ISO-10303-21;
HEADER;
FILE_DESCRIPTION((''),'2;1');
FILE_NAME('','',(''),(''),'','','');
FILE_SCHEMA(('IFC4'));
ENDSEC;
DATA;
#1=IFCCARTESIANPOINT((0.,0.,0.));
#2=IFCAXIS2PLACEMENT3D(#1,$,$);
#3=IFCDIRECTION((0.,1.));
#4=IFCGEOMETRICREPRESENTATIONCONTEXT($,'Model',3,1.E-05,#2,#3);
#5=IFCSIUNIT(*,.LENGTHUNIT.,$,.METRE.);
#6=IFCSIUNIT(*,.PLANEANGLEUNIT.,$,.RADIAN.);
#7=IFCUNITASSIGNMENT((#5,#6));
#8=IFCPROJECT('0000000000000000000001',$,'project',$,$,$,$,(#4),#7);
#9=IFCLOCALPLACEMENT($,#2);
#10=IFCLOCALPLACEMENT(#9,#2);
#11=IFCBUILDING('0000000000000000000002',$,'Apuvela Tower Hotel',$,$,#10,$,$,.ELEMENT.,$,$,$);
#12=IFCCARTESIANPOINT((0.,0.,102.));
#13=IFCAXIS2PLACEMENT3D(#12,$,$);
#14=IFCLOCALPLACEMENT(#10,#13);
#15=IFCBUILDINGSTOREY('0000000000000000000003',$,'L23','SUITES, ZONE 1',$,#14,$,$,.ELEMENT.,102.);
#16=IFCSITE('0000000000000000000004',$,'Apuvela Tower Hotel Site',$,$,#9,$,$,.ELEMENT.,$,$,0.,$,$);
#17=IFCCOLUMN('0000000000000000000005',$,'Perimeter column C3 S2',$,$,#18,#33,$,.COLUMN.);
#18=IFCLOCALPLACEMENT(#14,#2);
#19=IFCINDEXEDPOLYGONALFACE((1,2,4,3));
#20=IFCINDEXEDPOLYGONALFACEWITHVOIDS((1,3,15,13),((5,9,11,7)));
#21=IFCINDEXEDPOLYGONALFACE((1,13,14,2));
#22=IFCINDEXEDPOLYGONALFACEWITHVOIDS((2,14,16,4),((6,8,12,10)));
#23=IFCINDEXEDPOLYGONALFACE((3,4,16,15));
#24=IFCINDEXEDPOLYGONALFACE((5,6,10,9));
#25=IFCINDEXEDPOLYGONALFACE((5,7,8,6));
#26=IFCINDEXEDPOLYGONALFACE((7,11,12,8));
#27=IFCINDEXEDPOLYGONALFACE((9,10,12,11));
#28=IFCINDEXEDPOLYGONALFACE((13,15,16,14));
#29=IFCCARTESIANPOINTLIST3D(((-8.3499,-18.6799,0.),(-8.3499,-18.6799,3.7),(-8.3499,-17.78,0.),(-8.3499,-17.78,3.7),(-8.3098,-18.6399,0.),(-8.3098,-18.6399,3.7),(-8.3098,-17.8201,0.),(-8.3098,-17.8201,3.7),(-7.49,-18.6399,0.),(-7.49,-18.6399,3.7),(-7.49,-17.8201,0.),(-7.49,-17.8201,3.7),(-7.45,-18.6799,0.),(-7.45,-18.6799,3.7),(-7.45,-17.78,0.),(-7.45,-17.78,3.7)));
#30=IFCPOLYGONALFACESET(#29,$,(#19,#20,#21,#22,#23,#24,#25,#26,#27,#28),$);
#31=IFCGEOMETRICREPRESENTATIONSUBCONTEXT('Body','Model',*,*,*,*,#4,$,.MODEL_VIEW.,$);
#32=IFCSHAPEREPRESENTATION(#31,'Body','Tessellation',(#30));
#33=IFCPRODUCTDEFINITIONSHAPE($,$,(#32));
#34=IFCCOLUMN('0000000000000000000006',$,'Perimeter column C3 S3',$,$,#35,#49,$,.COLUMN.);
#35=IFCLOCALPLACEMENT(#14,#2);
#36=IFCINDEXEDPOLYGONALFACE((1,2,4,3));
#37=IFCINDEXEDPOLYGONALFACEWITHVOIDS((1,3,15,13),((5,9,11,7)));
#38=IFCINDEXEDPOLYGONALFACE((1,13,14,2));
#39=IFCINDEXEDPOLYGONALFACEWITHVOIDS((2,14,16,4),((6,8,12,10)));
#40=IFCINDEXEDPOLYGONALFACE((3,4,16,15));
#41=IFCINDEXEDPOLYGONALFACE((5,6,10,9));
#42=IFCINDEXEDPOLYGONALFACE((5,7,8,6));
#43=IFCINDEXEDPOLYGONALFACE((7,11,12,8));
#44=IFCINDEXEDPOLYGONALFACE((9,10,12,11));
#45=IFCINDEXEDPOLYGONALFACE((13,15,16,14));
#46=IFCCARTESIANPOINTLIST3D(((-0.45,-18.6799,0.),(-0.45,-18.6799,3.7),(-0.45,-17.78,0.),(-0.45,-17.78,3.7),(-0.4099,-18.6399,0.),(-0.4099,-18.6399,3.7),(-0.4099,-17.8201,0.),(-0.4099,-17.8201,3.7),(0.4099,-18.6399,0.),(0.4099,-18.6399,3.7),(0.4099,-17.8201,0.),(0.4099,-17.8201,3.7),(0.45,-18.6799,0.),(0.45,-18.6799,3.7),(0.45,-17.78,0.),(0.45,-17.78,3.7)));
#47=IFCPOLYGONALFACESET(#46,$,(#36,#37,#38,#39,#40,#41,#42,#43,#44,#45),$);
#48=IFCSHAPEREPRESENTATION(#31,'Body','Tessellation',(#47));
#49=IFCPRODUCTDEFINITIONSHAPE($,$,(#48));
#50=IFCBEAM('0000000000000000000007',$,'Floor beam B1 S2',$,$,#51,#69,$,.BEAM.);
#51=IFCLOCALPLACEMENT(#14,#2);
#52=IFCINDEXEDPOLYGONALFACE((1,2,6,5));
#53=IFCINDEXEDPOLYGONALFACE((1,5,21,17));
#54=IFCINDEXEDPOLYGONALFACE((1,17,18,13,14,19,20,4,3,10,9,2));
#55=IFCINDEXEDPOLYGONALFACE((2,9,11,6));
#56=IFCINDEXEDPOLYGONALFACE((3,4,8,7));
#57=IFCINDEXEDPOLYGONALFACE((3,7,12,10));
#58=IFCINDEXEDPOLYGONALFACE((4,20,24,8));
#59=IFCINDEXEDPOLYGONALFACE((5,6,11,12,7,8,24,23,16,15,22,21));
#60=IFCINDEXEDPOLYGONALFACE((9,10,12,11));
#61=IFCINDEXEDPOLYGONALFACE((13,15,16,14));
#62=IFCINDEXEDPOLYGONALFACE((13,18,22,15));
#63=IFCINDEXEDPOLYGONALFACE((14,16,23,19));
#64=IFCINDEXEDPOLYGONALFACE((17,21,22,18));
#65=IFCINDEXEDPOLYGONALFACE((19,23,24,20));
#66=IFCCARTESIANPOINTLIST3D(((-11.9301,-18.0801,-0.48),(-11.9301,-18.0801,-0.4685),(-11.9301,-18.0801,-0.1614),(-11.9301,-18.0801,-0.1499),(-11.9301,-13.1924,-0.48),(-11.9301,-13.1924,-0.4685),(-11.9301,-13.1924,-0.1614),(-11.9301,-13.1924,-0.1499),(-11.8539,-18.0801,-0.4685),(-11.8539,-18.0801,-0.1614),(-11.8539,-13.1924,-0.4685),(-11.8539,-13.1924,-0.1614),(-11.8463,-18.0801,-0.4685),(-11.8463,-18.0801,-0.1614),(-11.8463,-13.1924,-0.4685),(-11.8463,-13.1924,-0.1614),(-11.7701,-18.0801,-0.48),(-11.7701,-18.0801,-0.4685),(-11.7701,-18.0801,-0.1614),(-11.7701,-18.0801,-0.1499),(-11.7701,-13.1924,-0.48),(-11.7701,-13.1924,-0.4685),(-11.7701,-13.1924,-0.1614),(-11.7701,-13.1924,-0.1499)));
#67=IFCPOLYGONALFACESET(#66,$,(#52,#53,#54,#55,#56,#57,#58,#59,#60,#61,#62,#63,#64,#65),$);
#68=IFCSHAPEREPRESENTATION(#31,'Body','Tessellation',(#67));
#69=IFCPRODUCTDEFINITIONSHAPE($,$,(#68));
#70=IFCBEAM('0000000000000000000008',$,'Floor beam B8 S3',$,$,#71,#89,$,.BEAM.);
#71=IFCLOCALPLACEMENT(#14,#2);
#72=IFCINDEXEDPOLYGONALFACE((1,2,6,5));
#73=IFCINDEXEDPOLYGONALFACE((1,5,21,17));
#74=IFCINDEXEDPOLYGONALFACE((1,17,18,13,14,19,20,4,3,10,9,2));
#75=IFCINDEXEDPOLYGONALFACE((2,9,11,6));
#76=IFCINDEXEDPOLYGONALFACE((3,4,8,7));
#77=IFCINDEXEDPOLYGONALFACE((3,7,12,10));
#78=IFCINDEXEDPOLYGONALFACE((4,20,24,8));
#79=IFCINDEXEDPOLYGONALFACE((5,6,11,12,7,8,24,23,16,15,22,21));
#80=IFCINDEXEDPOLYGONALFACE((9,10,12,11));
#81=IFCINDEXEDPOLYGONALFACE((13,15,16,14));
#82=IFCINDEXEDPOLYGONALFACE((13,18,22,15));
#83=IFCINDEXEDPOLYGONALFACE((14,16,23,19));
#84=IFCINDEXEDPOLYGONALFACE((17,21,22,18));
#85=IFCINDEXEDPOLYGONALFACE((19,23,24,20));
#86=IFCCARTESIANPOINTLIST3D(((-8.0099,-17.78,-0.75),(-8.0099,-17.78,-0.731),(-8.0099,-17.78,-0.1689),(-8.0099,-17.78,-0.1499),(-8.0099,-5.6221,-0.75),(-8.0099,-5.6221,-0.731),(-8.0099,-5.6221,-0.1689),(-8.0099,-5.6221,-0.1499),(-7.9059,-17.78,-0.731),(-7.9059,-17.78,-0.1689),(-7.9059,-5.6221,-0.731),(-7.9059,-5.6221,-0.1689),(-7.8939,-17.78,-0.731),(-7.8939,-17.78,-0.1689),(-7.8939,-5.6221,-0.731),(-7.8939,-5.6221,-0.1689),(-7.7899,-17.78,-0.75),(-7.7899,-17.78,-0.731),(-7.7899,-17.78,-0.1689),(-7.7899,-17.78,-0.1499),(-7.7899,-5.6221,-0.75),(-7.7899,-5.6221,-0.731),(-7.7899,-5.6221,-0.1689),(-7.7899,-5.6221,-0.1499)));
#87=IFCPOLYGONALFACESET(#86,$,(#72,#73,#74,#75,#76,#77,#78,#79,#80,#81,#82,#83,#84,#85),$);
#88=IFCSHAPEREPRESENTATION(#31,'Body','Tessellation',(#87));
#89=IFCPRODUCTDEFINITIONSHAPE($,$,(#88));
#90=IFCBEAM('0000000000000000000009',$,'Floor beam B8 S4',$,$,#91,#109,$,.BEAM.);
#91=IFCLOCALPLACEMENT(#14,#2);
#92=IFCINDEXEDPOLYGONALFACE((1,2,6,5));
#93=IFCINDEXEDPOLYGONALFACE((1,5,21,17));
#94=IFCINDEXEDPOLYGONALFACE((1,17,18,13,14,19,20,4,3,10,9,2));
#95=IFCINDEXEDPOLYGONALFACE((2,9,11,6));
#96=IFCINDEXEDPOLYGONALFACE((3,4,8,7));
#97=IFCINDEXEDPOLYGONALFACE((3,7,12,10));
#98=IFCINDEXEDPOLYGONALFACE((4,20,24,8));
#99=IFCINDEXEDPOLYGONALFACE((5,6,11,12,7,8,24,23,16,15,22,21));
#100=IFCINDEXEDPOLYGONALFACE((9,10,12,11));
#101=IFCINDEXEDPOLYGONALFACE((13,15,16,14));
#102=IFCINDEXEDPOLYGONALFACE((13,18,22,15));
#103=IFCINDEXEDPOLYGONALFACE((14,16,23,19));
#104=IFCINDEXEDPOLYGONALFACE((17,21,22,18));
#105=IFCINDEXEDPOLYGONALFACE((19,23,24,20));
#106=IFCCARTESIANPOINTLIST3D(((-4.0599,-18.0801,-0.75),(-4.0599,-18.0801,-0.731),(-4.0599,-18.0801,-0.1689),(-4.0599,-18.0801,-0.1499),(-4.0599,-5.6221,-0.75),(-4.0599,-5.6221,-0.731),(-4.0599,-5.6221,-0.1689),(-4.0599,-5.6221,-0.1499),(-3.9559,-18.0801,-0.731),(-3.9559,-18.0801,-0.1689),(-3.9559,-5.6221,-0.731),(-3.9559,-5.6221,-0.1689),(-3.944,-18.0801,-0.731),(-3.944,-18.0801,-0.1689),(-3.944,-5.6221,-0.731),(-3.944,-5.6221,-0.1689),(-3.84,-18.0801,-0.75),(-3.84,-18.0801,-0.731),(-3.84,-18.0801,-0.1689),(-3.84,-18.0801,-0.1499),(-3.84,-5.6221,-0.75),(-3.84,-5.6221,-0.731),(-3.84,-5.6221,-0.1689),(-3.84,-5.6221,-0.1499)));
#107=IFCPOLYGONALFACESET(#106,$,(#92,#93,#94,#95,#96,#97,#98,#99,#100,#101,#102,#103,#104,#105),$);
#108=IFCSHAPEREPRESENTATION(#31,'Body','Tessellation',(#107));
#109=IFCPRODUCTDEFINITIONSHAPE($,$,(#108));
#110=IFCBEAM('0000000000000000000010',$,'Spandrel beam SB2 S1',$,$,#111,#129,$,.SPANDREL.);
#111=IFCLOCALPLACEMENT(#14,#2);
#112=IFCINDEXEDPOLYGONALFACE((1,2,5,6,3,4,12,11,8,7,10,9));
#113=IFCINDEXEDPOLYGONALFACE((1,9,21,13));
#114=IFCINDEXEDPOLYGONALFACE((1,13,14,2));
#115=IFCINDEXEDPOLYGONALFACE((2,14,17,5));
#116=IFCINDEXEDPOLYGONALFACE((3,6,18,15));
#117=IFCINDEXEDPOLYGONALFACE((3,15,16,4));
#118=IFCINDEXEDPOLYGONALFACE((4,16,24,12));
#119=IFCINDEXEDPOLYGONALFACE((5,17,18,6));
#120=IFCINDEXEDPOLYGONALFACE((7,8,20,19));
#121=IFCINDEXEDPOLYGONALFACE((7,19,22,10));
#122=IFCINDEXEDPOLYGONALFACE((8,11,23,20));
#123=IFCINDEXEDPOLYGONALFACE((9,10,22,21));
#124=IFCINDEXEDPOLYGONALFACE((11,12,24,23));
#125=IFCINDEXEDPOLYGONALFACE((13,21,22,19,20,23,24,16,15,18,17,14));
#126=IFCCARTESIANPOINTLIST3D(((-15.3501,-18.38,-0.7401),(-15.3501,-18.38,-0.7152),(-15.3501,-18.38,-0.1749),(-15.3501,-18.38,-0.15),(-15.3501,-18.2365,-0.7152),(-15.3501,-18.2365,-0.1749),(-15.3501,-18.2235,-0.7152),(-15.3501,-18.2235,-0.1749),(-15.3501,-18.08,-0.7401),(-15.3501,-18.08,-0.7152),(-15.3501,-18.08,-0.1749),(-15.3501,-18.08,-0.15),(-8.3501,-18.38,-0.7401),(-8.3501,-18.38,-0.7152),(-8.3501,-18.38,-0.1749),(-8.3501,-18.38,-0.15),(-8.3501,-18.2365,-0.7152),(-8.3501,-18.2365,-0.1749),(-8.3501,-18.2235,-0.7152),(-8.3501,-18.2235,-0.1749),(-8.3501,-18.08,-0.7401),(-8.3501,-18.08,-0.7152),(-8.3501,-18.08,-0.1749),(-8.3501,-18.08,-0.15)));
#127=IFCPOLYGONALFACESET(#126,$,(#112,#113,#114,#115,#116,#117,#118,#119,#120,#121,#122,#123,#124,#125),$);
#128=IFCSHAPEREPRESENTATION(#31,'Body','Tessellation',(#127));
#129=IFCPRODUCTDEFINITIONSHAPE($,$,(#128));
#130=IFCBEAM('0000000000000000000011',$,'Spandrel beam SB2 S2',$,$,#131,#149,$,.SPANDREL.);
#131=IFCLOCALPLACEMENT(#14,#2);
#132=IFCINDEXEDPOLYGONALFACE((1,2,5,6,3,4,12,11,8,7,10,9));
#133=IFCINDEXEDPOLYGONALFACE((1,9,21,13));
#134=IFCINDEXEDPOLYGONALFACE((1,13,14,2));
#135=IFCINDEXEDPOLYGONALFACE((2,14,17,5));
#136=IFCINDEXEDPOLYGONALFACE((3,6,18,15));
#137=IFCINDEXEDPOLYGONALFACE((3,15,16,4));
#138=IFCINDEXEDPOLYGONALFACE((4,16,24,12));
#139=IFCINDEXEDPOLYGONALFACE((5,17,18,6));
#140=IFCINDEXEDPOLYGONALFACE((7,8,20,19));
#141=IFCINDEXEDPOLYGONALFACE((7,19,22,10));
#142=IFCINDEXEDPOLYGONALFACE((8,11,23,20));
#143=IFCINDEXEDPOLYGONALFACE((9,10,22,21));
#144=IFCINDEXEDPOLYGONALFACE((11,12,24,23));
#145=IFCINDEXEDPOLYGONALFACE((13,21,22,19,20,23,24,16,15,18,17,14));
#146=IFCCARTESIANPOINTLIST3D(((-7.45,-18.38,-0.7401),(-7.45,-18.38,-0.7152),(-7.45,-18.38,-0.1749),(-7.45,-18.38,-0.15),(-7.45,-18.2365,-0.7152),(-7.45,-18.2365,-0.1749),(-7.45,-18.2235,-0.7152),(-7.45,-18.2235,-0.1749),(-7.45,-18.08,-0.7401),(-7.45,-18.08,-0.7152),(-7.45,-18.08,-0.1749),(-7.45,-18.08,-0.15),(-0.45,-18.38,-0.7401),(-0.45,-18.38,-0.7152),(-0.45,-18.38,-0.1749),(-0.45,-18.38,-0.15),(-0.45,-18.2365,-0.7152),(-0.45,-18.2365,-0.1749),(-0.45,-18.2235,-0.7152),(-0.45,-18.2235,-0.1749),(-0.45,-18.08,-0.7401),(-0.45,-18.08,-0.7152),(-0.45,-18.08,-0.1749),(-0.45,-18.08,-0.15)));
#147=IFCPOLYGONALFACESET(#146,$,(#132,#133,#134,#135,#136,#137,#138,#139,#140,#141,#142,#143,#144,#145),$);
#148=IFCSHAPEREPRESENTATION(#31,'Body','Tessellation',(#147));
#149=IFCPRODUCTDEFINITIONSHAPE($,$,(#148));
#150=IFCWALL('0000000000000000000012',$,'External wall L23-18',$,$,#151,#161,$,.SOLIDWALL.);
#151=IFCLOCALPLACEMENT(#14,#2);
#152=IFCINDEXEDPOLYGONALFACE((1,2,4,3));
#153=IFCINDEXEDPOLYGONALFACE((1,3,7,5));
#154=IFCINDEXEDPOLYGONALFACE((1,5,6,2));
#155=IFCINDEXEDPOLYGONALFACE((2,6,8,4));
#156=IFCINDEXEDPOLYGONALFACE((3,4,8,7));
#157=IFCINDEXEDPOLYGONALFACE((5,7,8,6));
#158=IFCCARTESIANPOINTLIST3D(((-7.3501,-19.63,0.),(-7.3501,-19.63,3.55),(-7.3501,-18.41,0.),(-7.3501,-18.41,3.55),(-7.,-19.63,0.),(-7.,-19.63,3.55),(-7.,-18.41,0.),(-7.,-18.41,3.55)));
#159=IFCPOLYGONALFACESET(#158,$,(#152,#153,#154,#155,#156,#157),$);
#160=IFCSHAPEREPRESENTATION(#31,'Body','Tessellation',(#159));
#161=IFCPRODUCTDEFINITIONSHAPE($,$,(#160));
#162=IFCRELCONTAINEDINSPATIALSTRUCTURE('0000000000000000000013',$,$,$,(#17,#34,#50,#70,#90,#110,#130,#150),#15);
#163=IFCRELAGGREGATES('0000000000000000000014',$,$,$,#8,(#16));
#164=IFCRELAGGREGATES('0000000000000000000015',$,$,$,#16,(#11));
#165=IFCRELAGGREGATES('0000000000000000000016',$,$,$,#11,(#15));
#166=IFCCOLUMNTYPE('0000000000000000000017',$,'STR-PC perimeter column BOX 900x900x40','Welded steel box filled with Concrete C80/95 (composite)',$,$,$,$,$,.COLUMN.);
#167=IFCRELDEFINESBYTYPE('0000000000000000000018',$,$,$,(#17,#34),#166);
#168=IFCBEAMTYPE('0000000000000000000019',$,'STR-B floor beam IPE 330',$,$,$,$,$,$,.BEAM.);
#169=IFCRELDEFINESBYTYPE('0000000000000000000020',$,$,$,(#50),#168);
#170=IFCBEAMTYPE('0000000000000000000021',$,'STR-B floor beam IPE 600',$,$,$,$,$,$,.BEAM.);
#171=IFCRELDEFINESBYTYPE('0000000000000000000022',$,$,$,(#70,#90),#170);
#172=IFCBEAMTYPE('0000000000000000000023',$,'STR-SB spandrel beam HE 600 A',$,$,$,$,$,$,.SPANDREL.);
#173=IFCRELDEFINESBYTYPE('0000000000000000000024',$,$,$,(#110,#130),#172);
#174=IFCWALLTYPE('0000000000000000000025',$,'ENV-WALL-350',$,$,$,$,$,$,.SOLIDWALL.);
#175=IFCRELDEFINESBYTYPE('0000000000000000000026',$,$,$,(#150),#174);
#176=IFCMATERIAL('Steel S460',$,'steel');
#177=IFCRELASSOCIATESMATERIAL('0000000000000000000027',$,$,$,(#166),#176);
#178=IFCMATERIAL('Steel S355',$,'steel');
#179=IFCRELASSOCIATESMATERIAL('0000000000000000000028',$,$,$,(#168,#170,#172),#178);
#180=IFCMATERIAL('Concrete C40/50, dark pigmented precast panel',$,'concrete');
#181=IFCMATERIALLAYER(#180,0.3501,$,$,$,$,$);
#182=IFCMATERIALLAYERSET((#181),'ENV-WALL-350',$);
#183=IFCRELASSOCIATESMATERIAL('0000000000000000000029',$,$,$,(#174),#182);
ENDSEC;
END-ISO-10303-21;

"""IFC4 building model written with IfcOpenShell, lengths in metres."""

from ifc_helpers import new_model, si_unit, direction, frame, frame_2d, origin, origin_2d, place, context, subcontext, project, spatial, rectangle, hollow_rectangle, i_section, extrude, material, layer, layer_set, material_profile, profile_set, type_object, element, save


model = new_model("IFC4")

# Units and contexts
model_context = context("Model", 3, precision=1e-05, world=origin(), true_north=direction((0.0, 1.0)))
body_context = subcontext(model_context, "Body", "Model", "MODEL_VIEW")
ifc_project = project(units=[si_unit("LENGTHUNIT", "METRE"), si_unit("PLANEANGLEUNIT", "RADIAN")], contexts=[model_context])

# Site, building, storey
site_placement = place(None, origin())
site = spatial("IfcSite", under=ifc_project, at=site_placement, Name="Apuvela Tower Hotel Site", CompositionType="ELEMENT", RefElevation=0.0)
building_placement = place(site_placement, origin())
building = spatial("IfcBuilding", under=site, at=building_placement, Name="Apuvela Tower Hotel", CompositionType="ELEMENT")
storey_placement = place(building_placement, frame((0.0, 0.0, 102.0)))
storey = spatial("IfcBuildingStorey", under=building, at=storey_placement, Name="L23", Description="SUITES, ZONE 1", CompositionType="ELEMENT", Elevation=102.0)

# Columns
ifc_material_1 = material(Name="Steel S460", Category="steel")
ifc_material_profile_1 = material_profile(ifc_material_1, hollow_rectangle(XDim=0.8999, YDim=0.8999, WallThickness=0.04, at=origin_2d()), Name="BOX 900x900x40")
ifc_material_2 = material(Name="Concrete C80/95", Category="concrete")
ifc_material_profile_2 = material_profile(ifc_material_2, rectangle(XDim=0.8201, YDim=0.8201, at=origin_2d()), Name="Concrete C80/95 infill")
ifc_profile_set_1 = profile_set([ifc_material_profile_1, ifc_material_profile_2], Name="Steel S460")
column_type = type_object("IfcColumnType", Name="STR-PC perimeter column BOX 900x900x40", Description="Welded steel box filled with Concrete C80/95 (composite)", PredefinedType="COLUMN", material=ifc_profile_set_1)
for number, where, z_axis, x_axis, name in (
    (1, (-7.8999, -18.23, 0.0), (0.0, 0.0, 1.0), (-1.0, 0.0, 0.0), "Perimeter column C3 S2"),
    (2, (0.0, -18.23, 0.0), (0.0, 0.0, 1.0), (-1.0, 0.0, 0.0), "Perimeter column C3 S3"),
):
    element("IfcColumn", number, at=place(storey_placement, frame(where, z_axis=z_axis, x_axis=x_axis)), inside=storey, type_object=column_type, Name=name, PredefinedType="COLUMN", context=body_context, shape_type="SweptSolid", body=[
        extrude(hollow_rectangle(XDim=0.8999, YDim=0.8999, WallThickness=0.04, at=origin_2d()), origin(), (0.0, 0.0, 1.0), 3.7),
    ])

# Beams
ifc_material_3 = material(Name="Steel S355", Category="steel")
ifc_material_profile_3 = material_profile(ifc_material_3, i_section(OverallWidth=0.1599, OverallDepth=0.3301, WebThickness=0.0076, FlangeThickness=0.0115, at=origin_2d()), Name="IPE 330")
ifc_profile_set_2 = profile_set([ifc_material_profile_3], Name="Steel S355")
beam_type_1 = type_object("IfcBeamType", Name="STR-B floor beam IPE 330", PredefinedType="BEAM", material=ifc_profile_set_2)
beam_1_placement = place(storey_placement, frame((-11.8501, -18.0801, -0.3149), z_axis=(0.0, 1.0, 0.0), x_axis=(-1.0, 0.0, 0.0)))
element("IfcBeam", 3, at=beam_1_placement, inside=storey, type_object=beam_type_1, Name="Floor beam B1 S2", PredefinedType="BEAM", context=body_context, shape_type="SweptSolid", body=[
    extrude(i_section(OverallWidth=0.1599, OverallDepth=0.3301, WebThickness=0.0076, FlangeThickness=0.0115, at=origin_2d()), origin(), (0.0, 0.0, 1.0), 4.8877),
])
ifc_material_profile_4 = material_profile(ifc_material_3, i_section(OverallWidth=0.22, OverallDepth=0.6001, WebThickness=0.012, FlangeThickness=0.019, at=origin_2d()), Name="IPE 600")
ifc_profile_set_3 = profile_set([ifc_material_profile_4], Name="Steel S355")
beam_type_2 = type_object("IfcBeamType", Name="STR-B floor beam IPE 600", PredefinedType="BEAM", material=ifc_profile_set_3)
beam_2_placement = place(storey_placement, frame((-7.8999, -17.78, -0.45), z_axis=(0.0, 1.0, 0.0), x_axis=(-1.0, 0.0, 0.0)))
element("IfcBeam", 4, at=beam_2_placement, inside=storey, type_object=beam_type_2, Name="Floor beam B8 S3", PredefinedType="BEAM", context=body_context, shape_type="SweptSolid", body=[
    extrude(i_section(OverallWidth=0.22, OverallDepth=0.6001, WebThickness=0.012, FlangeThickness=0.019, at=origin_2d()), origin(), (0.0, 0.0, 1.0), 12.158),
])
beam_3_placement = place(storey_placement, frame((-3.95, -18.0801, -0.45), z_axis=(0.0, 1.0, 0.0), x_axis=(-1.0, 0.0, 0.0)))
element("IfcBeam", 5, at=beam_3_placement, inside=storey, type_object=beam_type_2, Name="Floor beam B8 S4", PredefinedType="BEAM", context=body_context, shape_type="SweptSolid", body=[
    extrude(i_section(OverallWidth=0.22, OverallDepth=0.6001, WebThickness=0.012, FlangeThickness=0.019, at=origin_2d()), origin(), (0.0, 0.0, 1.0), 12.458),
])
ifc_material_profile_5 = material_profile(ifc_material_3, i_section(OverallWidth=0.3, OverallDepth=0.5901, WebThickness=0.0129, FlangeThickness=0.0249, at=origin_2d()), Name="HE 600 A")
ifc_profile_set_4 = profile_set([ifc_material_profile_5], Name="Steel S355")
beam_type_3 = type_object("IfcBeamType", Name="STR-SB spandrel beam HE 600 A", PredefinedType="SPANDREL", material=ifc_profile_set_4)
for number, where, z_axis, x_axis, name in (
    (6, (-15.3501, -18.23, -0.4451), (1.0, 0.0, 0.0), (0.0, 1.0, 0.0), "Spandrel beam SB2 S1"),
    (7, (-7.45, -18.23, -0.4451), (1.0, 0.0, 0.0), (0.0, 1.0, 0.0), "Spandrel beam SB2 S2"),
):
    element("IfcBeam", number, at=place(storey_placement, frame(where, z_axis=z_axis, x_axis=x_axis)), inside=storey, type_object=beam_type_3, Name=name, PredefinedType="SPANDREL", context=body_context, shape_type="SweptSolid", body=[
        extrude(i_section(OverallWidth=0.3, OverallDepth=0.5901, WebThickness=0.0129, FlangeThickness=0.0249, at=origin_2d()), origin(), (0.0, 0.0, 1.0), 7.0),
    ])

# Wall
ifc_material_4 = material(Name="Concrete C40/50, dark pigmented precast panel", Category="concrete")
ifc_layer_1 = layer(ifc_material_4, 0.3501)
ifc_layer_set_1 = layer_set([ifc_layer_1], Name="ENV-WALL-350")
wall_type_1 = type_object("IfcWallType", Name="ENV-WALL-350", PredefinedType="SOLIDWALL", material=ifc_layer_set_1)
wall_1_placement = place(storey_placement, frame((-7.175, -19.6299, 0.0), z_axis=(0.0, 0.0, 1.0), x_axis=(0.0, 1.0, 0.0)))
element("IfcWall", 8, at=wall_1_placement, inside=storey, type_object=wall_type_1, Name="External wall L23-18", PredefinedType="SOLIDWALL", context=body_context, shape_type="SweptSolid", body=[
    extrude(rectangle(XDim=1.22, YDim=0.3501, at=frame_2d((0.6099, 0.0))), origin(), (0.0, 0.0, 1.0), 3.55),
])

save(model, "model.ifc")
